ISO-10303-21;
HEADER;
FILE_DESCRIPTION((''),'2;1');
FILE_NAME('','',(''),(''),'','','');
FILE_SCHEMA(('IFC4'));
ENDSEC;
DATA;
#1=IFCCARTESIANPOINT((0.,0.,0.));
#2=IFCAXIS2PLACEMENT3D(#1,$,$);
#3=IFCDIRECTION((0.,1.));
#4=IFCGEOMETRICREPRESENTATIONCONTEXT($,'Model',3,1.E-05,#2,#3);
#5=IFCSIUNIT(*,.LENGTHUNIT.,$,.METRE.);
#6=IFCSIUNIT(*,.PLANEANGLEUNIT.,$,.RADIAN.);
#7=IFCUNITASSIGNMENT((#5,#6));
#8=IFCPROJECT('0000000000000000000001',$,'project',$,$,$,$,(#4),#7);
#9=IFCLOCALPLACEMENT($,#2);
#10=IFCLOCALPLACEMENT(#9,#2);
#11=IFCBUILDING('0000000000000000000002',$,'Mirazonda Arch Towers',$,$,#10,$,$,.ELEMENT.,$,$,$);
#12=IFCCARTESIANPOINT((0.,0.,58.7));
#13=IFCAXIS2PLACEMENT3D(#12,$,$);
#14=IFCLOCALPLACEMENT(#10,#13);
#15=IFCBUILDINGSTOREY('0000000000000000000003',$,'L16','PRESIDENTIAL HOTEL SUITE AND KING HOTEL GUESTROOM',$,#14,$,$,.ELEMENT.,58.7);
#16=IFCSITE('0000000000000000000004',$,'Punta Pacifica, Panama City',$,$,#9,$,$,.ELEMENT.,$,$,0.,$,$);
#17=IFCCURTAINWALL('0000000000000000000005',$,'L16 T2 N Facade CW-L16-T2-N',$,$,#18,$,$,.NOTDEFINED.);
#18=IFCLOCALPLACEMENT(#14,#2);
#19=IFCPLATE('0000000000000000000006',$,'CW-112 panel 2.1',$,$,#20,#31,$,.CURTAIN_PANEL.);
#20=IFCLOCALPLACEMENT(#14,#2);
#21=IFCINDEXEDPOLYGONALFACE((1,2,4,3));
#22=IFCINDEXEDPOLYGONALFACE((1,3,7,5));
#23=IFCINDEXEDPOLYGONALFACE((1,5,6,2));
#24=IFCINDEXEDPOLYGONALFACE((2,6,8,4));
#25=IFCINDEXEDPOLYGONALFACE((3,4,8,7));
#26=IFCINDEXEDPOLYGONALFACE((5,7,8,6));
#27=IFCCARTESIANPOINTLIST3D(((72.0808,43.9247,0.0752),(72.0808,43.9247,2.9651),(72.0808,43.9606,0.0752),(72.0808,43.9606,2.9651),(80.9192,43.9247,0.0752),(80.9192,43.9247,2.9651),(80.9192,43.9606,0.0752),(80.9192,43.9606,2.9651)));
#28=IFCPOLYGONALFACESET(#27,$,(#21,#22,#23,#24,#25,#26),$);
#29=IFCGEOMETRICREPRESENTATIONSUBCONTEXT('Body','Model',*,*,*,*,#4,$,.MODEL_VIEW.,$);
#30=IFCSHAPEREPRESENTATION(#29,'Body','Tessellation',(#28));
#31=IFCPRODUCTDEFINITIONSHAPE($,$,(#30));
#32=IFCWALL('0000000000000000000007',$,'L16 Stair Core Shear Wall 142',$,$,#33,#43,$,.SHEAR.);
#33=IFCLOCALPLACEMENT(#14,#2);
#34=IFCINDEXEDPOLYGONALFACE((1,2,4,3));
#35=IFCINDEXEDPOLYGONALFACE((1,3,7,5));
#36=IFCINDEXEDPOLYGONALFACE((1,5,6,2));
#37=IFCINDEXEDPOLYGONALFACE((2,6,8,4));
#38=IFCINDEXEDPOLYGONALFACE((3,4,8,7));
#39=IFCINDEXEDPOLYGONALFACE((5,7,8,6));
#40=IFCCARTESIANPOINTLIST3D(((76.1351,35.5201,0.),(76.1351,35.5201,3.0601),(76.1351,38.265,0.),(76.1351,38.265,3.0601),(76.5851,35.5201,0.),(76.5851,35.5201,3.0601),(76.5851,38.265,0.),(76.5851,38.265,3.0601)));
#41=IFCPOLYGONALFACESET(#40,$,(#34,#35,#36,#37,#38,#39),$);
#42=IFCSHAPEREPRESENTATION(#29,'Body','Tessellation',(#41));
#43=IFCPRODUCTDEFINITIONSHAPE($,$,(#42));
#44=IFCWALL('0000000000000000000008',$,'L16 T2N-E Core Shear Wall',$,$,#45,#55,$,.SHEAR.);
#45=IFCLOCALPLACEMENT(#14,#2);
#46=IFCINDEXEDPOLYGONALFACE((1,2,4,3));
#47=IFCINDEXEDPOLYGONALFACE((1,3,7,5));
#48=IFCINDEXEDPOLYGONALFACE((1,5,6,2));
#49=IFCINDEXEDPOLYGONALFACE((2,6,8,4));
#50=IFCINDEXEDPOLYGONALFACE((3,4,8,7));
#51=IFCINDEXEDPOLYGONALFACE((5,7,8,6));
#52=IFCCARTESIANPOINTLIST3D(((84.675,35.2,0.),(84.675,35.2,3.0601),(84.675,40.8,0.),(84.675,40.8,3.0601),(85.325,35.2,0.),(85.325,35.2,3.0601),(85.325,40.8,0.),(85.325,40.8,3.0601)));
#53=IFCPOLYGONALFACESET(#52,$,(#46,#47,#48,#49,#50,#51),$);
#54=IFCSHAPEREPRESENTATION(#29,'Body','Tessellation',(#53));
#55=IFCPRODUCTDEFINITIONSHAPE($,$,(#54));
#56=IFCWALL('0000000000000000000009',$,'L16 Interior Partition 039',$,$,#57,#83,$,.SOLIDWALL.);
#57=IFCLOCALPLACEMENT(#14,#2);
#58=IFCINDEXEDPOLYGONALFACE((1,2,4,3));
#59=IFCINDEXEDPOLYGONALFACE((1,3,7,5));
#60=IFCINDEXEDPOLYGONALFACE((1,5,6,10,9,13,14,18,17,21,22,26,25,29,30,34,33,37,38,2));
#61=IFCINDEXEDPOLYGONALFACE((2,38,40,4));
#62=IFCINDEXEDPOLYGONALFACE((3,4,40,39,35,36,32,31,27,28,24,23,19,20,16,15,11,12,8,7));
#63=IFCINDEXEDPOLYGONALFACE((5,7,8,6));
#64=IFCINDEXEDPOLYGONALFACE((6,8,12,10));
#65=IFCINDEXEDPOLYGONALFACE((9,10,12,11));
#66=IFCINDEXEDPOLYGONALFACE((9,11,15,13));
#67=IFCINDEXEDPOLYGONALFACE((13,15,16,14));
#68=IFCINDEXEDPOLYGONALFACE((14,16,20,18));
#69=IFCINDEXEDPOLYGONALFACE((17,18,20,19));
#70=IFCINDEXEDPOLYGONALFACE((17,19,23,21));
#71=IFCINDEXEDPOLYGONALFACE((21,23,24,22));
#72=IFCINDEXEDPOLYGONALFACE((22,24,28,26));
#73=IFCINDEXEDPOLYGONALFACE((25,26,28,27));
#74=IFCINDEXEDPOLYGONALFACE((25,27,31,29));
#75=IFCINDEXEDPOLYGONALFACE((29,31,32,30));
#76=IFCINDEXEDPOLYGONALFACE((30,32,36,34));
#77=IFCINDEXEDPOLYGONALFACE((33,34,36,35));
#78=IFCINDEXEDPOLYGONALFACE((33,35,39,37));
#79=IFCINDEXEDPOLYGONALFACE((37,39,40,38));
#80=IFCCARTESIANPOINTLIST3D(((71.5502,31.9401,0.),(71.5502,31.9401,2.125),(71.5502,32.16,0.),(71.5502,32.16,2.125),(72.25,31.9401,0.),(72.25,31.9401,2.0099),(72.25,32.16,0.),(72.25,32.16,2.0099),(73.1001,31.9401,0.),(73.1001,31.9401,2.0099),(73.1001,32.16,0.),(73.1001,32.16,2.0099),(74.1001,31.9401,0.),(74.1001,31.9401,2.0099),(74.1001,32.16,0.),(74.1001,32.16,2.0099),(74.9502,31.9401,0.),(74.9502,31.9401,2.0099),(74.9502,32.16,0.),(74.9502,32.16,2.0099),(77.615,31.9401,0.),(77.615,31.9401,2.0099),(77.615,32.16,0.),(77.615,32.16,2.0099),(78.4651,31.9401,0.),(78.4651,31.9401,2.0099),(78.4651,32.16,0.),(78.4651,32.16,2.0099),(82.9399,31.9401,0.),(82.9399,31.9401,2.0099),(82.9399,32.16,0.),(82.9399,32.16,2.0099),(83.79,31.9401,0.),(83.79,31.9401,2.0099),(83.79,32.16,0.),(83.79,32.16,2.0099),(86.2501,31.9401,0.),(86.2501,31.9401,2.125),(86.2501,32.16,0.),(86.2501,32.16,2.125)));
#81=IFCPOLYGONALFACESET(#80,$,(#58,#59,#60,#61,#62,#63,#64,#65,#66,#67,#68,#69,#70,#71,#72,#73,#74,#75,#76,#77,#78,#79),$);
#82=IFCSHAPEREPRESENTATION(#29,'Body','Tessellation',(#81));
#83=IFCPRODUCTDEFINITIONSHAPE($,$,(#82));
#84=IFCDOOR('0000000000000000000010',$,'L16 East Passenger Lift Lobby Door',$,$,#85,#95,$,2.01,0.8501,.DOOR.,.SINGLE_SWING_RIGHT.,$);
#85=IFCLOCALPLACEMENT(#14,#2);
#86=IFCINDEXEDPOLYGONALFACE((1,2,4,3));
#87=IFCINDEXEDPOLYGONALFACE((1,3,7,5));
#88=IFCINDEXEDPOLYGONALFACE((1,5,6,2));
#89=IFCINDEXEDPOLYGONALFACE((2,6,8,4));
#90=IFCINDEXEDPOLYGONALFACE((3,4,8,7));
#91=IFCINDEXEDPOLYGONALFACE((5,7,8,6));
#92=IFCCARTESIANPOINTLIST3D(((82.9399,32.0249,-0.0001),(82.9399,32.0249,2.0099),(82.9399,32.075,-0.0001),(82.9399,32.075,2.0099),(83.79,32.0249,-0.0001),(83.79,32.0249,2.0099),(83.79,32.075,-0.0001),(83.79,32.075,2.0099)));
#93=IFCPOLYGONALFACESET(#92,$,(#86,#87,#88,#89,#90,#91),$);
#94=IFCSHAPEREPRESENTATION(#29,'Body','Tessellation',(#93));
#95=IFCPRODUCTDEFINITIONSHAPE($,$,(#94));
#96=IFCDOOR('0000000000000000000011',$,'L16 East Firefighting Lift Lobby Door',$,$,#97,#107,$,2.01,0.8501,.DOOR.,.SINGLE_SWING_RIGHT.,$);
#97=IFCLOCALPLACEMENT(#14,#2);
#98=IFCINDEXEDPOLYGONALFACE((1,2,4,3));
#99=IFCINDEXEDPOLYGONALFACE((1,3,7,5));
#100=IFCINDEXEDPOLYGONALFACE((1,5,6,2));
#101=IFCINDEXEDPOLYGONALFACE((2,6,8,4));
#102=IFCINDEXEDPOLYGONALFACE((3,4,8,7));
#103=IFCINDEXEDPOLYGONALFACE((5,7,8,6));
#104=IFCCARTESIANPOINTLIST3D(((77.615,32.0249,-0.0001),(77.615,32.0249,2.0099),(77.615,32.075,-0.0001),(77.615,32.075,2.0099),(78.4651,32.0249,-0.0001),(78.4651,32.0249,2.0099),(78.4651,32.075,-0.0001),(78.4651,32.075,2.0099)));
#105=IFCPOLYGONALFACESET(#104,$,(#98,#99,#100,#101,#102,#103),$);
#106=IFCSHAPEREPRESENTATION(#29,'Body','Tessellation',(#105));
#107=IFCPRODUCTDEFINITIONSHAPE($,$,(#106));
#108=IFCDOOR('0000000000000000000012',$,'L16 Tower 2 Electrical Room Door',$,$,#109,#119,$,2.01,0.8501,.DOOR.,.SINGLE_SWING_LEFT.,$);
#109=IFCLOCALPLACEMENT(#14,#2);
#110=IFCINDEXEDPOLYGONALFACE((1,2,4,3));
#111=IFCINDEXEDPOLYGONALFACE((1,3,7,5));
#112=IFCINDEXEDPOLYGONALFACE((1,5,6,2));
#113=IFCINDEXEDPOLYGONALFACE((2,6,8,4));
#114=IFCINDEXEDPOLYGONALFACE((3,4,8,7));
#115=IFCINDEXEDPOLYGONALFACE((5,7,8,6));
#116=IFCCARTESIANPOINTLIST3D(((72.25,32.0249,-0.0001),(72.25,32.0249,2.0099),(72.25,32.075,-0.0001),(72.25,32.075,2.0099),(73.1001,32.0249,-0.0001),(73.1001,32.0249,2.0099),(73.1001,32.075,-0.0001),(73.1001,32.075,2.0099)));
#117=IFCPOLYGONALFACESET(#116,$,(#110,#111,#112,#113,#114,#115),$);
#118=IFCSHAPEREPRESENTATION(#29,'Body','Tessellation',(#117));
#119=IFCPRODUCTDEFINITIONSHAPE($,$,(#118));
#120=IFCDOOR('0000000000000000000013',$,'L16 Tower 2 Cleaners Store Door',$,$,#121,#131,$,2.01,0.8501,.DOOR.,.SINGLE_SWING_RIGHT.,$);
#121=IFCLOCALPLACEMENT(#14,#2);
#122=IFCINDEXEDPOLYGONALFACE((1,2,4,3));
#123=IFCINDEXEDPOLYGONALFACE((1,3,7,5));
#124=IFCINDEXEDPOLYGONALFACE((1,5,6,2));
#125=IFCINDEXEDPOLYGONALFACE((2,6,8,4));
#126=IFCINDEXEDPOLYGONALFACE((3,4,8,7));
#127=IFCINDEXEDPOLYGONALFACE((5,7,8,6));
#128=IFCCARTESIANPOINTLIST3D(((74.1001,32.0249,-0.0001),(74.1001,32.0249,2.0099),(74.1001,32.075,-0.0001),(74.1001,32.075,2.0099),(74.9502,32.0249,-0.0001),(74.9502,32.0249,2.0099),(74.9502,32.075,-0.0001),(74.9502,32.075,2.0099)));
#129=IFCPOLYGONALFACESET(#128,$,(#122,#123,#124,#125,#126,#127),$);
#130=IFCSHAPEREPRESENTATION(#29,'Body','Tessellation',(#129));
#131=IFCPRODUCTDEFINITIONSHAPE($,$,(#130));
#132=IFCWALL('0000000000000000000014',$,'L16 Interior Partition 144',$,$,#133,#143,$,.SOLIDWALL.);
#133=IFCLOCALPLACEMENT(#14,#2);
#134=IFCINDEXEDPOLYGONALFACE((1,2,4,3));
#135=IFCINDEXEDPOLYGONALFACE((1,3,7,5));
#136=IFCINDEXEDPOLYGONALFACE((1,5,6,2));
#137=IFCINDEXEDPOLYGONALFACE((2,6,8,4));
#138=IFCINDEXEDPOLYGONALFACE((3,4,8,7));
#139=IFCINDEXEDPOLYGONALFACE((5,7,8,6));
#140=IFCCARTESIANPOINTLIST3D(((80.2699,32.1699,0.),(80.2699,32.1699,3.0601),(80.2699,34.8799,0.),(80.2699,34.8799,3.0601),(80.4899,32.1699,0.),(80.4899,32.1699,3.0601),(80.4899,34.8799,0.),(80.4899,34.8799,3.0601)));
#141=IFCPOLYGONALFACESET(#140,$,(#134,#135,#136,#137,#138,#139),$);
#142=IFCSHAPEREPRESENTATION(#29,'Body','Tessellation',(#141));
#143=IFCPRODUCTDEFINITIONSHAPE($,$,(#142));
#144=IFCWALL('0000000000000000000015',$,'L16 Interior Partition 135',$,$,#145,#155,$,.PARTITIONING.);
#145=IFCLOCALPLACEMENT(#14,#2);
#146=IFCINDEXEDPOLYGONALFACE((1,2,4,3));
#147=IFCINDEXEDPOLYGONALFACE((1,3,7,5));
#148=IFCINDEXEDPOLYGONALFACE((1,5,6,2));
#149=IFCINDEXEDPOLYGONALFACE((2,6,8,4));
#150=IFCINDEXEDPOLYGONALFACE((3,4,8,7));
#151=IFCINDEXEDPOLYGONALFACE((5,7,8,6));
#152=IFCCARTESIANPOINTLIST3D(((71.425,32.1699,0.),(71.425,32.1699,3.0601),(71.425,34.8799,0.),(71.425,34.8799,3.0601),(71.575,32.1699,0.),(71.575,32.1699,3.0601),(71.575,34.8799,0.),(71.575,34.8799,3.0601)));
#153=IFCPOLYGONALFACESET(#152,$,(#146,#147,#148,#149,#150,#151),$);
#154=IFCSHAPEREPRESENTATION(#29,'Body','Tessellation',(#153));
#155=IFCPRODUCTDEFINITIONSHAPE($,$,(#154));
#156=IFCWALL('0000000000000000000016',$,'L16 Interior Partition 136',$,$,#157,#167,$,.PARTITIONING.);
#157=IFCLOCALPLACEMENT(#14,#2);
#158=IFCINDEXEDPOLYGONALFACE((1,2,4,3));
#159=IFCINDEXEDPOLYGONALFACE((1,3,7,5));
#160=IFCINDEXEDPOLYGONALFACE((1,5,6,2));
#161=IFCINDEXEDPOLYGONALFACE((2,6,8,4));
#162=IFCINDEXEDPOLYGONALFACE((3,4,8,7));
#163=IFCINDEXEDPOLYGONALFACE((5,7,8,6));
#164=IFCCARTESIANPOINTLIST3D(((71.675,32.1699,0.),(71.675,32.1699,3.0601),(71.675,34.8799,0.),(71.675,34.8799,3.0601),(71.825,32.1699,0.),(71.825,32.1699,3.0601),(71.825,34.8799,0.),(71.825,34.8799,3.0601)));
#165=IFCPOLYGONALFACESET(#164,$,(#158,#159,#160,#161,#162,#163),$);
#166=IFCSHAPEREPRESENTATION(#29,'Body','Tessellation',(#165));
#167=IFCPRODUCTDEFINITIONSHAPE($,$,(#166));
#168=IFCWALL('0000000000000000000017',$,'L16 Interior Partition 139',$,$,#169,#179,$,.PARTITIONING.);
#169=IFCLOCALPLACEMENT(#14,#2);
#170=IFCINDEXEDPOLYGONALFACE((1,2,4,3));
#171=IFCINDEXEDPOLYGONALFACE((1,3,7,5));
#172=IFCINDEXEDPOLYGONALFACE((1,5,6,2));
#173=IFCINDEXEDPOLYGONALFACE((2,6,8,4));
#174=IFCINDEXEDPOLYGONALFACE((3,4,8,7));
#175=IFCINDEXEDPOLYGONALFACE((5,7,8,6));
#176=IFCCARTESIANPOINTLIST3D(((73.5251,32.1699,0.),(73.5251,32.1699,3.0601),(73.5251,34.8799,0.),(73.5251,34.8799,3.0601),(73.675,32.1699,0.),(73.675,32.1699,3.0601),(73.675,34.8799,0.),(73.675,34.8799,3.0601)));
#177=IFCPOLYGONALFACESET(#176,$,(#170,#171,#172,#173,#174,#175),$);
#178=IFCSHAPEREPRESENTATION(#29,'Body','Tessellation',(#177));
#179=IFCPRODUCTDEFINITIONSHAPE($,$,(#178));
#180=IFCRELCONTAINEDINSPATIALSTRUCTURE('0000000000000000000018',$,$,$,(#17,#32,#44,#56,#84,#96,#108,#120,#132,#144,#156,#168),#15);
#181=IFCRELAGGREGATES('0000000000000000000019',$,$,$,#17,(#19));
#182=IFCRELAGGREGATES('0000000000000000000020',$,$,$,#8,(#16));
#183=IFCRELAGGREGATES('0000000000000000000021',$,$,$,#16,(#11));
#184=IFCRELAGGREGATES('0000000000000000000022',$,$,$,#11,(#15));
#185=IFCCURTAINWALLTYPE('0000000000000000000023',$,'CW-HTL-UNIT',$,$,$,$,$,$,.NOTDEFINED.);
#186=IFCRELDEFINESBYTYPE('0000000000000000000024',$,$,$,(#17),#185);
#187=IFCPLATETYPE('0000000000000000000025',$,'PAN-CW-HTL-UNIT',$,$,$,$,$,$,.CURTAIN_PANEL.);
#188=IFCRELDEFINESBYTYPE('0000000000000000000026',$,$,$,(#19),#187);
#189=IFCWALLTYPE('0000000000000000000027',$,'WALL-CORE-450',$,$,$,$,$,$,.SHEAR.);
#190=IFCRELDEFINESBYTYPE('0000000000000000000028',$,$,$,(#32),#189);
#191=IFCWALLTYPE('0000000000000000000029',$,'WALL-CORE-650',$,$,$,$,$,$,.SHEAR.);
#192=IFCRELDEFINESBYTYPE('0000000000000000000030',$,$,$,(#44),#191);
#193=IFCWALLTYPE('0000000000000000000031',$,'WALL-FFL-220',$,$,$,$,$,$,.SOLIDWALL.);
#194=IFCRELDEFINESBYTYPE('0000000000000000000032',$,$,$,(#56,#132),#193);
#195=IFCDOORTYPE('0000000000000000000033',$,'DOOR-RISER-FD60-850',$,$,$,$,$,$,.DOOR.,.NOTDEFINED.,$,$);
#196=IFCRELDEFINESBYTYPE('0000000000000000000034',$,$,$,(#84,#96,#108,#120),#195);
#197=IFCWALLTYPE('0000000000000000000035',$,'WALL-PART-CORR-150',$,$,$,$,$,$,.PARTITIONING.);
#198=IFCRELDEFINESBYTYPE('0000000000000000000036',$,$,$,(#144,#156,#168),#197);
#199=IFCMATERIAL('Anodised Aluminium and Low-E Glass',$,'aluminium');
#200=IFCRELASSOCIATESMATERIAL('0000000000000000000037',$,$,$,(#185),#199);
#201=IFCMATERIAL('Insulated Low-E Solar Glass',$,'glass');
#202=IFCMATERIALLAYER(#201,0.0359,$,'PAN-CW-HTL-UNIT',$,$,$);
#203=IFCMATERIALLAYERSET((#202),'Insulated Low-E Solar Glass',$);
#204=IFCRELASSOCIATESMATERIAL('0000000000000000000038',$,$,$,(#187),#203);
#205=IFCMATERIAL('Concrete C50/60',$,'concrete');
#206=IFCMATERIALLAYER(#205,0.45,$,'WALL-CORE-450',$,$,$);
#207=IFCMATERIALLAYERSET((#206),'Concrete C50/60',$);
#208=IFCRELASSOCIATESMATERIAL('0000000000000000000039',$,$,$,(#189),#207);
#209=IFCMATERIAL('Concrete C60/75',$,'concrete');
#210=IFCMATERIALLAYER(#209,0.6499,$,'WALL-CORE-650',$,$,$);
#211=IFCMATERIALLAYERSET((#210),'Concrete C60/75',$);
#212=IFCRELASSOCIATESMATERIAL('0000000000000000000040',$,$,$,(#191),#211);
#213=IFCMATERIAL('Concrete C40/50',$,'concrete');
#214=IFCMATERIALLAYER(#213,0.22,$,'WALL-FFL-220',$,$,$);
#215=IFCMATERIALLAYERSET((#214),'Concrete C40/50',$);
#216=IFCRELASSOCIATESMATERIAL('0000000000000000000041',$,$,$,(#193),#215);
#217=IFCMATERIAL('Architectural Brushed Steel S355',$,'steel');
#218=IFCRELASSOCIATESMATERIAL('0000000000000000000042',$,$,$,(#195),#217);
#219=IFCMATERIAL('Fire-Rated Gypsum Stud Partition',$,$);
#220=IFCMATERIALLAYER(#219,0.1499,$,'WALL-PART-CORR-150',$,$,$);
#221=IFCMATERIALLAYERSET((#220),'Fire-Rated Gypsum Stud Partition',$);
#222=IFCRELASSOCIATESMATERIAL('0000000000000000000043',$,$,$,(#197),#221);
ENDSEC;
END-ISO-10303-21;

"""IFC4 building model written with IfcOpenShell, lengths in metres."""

from ifc_helpers import new_model, si_unit, direction, frame, frame_2d, origin, origin_2d, place, context, subcontext, project, spatial, rectangle, extrude, material, layer, layer_set, type_object, element, fill, aggregate, save


model = new_model("IFC4")

# Units and contexts
model_context = context("Model", 3, precision=1e-05, world=origin(), true_north=direction((0.0, 1.0)))
body_context = subcontext(model_context, "Body", "Model", "MODEL_VIEW")
ifc_project = project(units=[si_unit("LENGTHUNIT", "METRE"), si_unit("PLANEANGLEUNIT", "RADIAN")], contexts=[model_context])

# Site, building, storey
site_placement = place(None, origin())
site = spatial("IfcSite", under=ifc_project, at=site_placement, Name="Punta Pacifica, Panama City", CompositionType="ELEMENT", RefElevation=0.0)
building_placement = place(site_placement, origin())
building = spatial("IfcBuilding", under=site, at=building_placement, Name="Mirazonda Arch Towers", CompositionType="ELEMENT")
storey_placement = place(building_placement, frame((0.0, 0.0, 58.7)))
storey = spatial("IfcBuildingStorey", under=building, at=storey_placement, Name="L16", Description="PRESIDENTIAL HOTEL SUITE AND KING HOTEL GUESTROOM", CompositionType="ELEMENT", Elevation=58.7)

# Shared definitions
ifc_material_1 = material(Name="Concrete C60/75", Category="concrete")

# Curtain wall, plate
ifc_material_2 = material(Name="Anodised Aluminium and Low-E Glass", Category="aluminium")
curtain_wall_type = type_object("IfcCurtainWallType", Name="CW-HTL-UNIT", PredefinedType="NOTDEFINED", material=ifc_material_2)
curtain_wall_placement = place(storey_placement, origin())
curtain_wall = element("IfcCurtainWall", 1, at=curtain_wall_placement, inside=storey, type_object=curtain_wall_type, Name="L16 T2 N Facade CW-L16-T2-N", PredefinedType="NOTDEFINED")
ifc_material_3 = material(Name="Insulated Low-E Solar Glass", Category="glass")
ifc_layer_1 = layer(ifc_material_3, 0.0359, Name="PAN-CW-HTL-UNIT")
ifc_layer_set_1 = layer_set([ifc_layer_1], Name="Insulated Low-E Solar Glass")
plate_type = type_object("IfcPlateType", Name="PAN-CW-HTL-UNIT", PredefinedType="CURTAIN_PANEL", material=ifc_layer_set_1)
plate_placement = place(storey_placement, frame((76.5, 43.9426, 0.0752), z_axis=(0.0, 0.0, 1.0), x_axis=(1.0, 0.0, 0.0)))
plate = element("IfcPlate", 2, at=plate_placement, type_object=plate_type, Name="CW-112 panel 2.1", PredefinedType="CURTAIN_PANEL", context=body_context, shape_type="SweptSolid", body=[
    extrude(rectangle(XDim=8.8384, YDim=0.0359, at=origin_2d()), origin(), (0.0, 0.0, 1.0), 2.8899),
])
aggregate(curtain_wall, [plate])

# Walls
ifc_material_4 = material(Name="Concrete C50/60", Category="concrete")
ifc_layer_2 = layer(ifc_material_4, 0.45, Name="WALL-CORE-450")
ifc_layer_set_2 = layer_set([ifc_layer_2], Name="Concrete C50/60")
wall_type_1 = type_object("IfcWallType", Name="WALL-CORE-450", PredefinedType="SHEAR", material=ifc_layer_set_2)
wall_1_placement = place(storey_placement, frame((76.3601, 35.52, 0.0), z_axis=(0.0, 0.0, 1.0), x_axis=(0.0, 1.0, 0.0)))
element("IfcWall", 3, at=wall_1_placement, inside=storey, type_object=wall_type_1, Name="L16 Stair Core Shear Wall 142", PredefinedType="SHEAR", context=body_context, shape_type="SweptSolid", body=[
    extrude(rectangle(XDim=2.7449, YDim=0.45, at=frame_2d((1.3726, 0.0))), origin(), (0.0, 0.0, 1.0), 3.0601),
])
ifc_layer_3 = layer(ifc_material_1, 0.6499, Name="WALL-CORE-650")
ifc_layer_set_3 = layer_set([ifc_layer_3], Name="Concrete C60/75")
wall_type_2 = type_object("IfcWallType", Name="WALL-CORE-650", PredefinedType="SHEAR", material=ifc_layer_set_3)
wall_2_placement = place(storey_placement, frame((85.0, 35.2, 0.0), z_axis=(0.0, 0.0, 1.0), x_axis=(0.0, 1.0, 0.0)))
element("IfcWall", 4, at=wall_2_placement, inside=storey, type_object=wall_type_2, Name="L16 T2N-E Core Shear Wall", PredefinedType="SHEAR", context=body_context, shape_type="SweptSolid", body=[
    extrude(rectangle(XDim=5.6001, YDim=0.6499, at=frame_2d((2.8, 0.0))), origin(), (0.0, 0.0, 1.0), 3.0601),
])

# Wall, openings, doors
ifc_material_5 = material(Name="Concrete C40/50", Category="concrete")
ifc_layer_4 = layer(ifc_material_5, 0.22, Name="WALL-FFL-220")
ifc_layer_set_4 = layer_set([ifc_layer_4], Name="Concrete C40/50")
wall_type_3 = type_object("IfcWallType", Name="WALL-FFL-220", PredefinedType="SOLIDWALL", material=ifc_layer_set_4)
wall_3_placement = place(storey_placement, frame((71.55, 32.05, 0.0), z_axis=(0.0, 0.0, 1.0), x_axis=(1.0, 0.0, 0.0)))
wall_3 = element("IfcWall", 5, at=wall_3_placement, inside=storey, type_object=wall_type_3, Name="L16 Interior Partition 039", PredefinedType="SOLIDWALL", context=body_context, shape_type="SweptSolid", body=[
    extrude(rectangle(XDim=14.7, YDim=0.22, at=frame_2d((7.3501, 0.0))), origin(), (0.0, 0.0, 1.0), 2.125),
])
opening_1_placement = place(wall_3_placement, frame((11.3899, 0.0, 0.0)))
opening_1 = element("IfcOpeningElement", 6, at=opening_1_placement, cuts=wall_3, PredefinedType="OPENING", context=body_context, shape_type="SweptSolid", body=[
    extrude(rectangle(XDim=0.8501, YDim=2.01, at=frame_2d((0.425, 1.0049))), frame((0.0, 0.1199, 0.0), z_axis=(0.0, -1.0, 0.0), x_axis=(1.0, 0.0, 0.0)), (0.0, 0.0, 1.0), 0.24),
])
opening_2_placement = place(wall_3_placement, frame((6.0649, 0.0, 0.0)))
opening_2 = element("IfcOpeningElement", 7, at=opening_2_placement, cuts=wall_3, PredefinedType="OPENING", context=body_context, shape_type="SweptSolid", body=[
    extrude(rectangle(XDim=0.8501, YDim=2.01, at=frame_2d((0.425, 1.0049))), frame((0.0, 0.1199, 0.0), z_axis=(0.0, -1.0, 0.0), x_axis=(1.0, 0.0, 0.0)), (0.0, 0.0, 1.0), 0.24),
])
opening_3_placement = place(wall_3_placement, frame((0.7, 0.0, 0.0)))
opening_3 = element("IfcOpeningElement", 8, at=opening_3_placement, cuts=wall_3, PredefinedType="OPENING", context=body_context, shape_type="SweptSolid", body=[
    extrude(rectangle(XDim=0.8501, YDim=2.01, at=frame_2d((0.425, 1.0049))), frame((0.0, 0.1199, 0.0), z_axis=(0.0, -1.0, 0.0), x_axis=(1.0, 0.0, 0.0)), (0.0, 0.0, 1.0), 0.24),
])
opening_4_placement = place(wall_3_placement, frame((2.55, 0.0, 0.0)))
opening_4 = element("IfcOpeningElement", 9, at=opening_4_placement, cuts=wall_3, PredefinedType="OPENING", context=body_context, shape_type="SweptSolid", body=[
    extrude(rectangle(XDim=0.8501, YDim=2.01, at=frame_2d((0.425, 1.0049))), frame((0.0, 0.1199, 0.0), z_axis=(0.0, -1.0, 0.0), x_axis=(1.0, 0.0, 0.0)), (0.0, 0.0, 1.0), 0.24),
])
ifc_material_6 = material(Name="Architectural Brushed Steel S355", Category="steel")
door_type = type_object("IfcDoorType", Name="DOOR-RISER-FD60-850", OperationType="NOTDEFINED", PredefinedType="DOOR", material=ifc_material_6)
door_1_placement = place(opening_1_placement, origin())
door_1 = element("IfcDoor", 10, at=door_1_placement, inside=storey, type_object=door_type, Name="L16 East Passenger Lift Lobby Door", OperationType="SINGLE_SWING_RIGHT", OverallHeight=2.01, OverallWidth=0.8501, PredefinedType="DOOR", context=body_context, shape_type="SweptSolid", body=[
    extrude(rectangle(XDim=0.8501, YDim=2.01, at=frame_2d((0.425, 1.0049))), frame((0.0, 0.0249, 0.0), z_axis=(0.0, -1.0, 0.0), x_axis=(1.0, 0.0, 0.0)), (0.0, 0.0, 1.0), 0.05),
])
fill(opening_1, door_1)
door_2_placement = place(opening_2_placement, origin())
door_2 = element("IfcDoor", 11, at=door_2_placement, inside=storey, type_object=door_type, Name="L16 East Firefighting Lift Lobby Door", OperationType="SINGLE_SWING_RIGHT", OverallHeight=2.01, OverallWidth=0.8501, PredefinedType="DOOR", context=body_context, shape_type="SweptSolid", body=[
    extrude(rectangle(XDim=0.8501, YDim=2.01, at=frame_2d((0.425, 1.0049))), frame((0.0, 0.0249, 0.0), z_axis=(0.0, -1.0, 0.0), x_axis=(1.0, 0.0, 0.0)), (0.0, 0.0, 1.0), 0.05),
])
fill(opening_2, door_2)
door_3_placement = place(opening_3_placement, origin())
door_3 = element("IfcDoor", 12, at=door_3_placement, inside=storey, type_object=door_type, Name="L16 Tower 2 Electrical Room Door", OperationType="SINGLE_SWING_LEFT", OverallHeight=2.01, OverallWidth=0.8501, PredefinedType="DOOR", context=body_context, shape_type="SweptSolid", body=[
    extrude(rectangle(XDim=0.8501, YDim=2.01, at=frame_2d((0.425, 1.0049))), frame((0.0, 0.0249, 0.0), z_axis=(0.0, -1.0, 0.0), x_axis=(1.0, 0.0, 0.0)), (0.0, 0.0, 1.0), 0.05),
])
fill(opening_3, door_3)
door_4_placement = place(opening_4_placement, origin())
door_4 = element("IfcDoor", 13, at=door_4_placement, inside=storey, type_object=door_type, Name="L16 Tower 2 Cleaners Store Door", OperationType="SINGLE_SWING_RIGHT", OverallHeight=2.01, OverallWidth=0.8501, PredefinedType="DOOR", context=body_context, shape_type="SweptSolid", body=[
    extrude(rectangle(XDim=0.8501, YDim=2.01, at=frame_2d((0.425, 1.0049))), frame((0.0, 0.0249, 0.0), z_axis=(0.0, -1.0, 0.0), x_axis=(1.0, 0.0, 0.0)), (0.0, 0.0, 1.0), 0.05),
])
fill(opening_4, door_4)

# Walls
wall_4_placement = place(storey_placement, frame((80.3799, 32.1699, 0.0), z_axis=(0.0, 0.0, 1.0), x_axis=(0.0, 1.0, 0.0)))
element("IfcWall", 14, at=wall_4_placement, inside=storey, type_object=wall_type_3, Name="L16 Interior Partition 144", PredefinedType="SOLIDWALL", context=body_context, shape_type="SweptSolid", body=[
    extrude(rectangle(XDim=2.71, YDim=0.22, at=frame_2d((1.355, 0.0))), origin(), (0.0, 0.0, 1.0), 3.0601),
])
ifc_material_7 = material(Name="Fire-Rated Gypsum Stud Partition")
ifc_layer_5 = layer(ifc_material_7, 0.1499, Name="WALL-PART-CORR-150")
ifc_layer_set_5 = layer_set([ifc_layer_5], Name="Fire-Rated Gypsum Stud Partition")
wall_type_4 = type_object("IfcWallType", Name="WALL-PART-CORR-150", PredefinedType="PARTITIONING", material=ifc_layer_set_5)
for number, where, z_axis, x_axis, name in (
    (15, (71.5, 32.1699, 0.0), (0.0, 0.0, 1.0), (0.0, 1.0, 0.0), "L16 Interior Partition 135"),
    (16, (71.75, 32.1699, 0.0), (0.0, 0.0, 1.0), (0.0, 1.0, 0.0), "L16 Interior Partition 136"),
    (17, (73.6001, 32.1699, 0.0), (0.0, 0.0, 1.0), (0.0, 1.0, 0.0), "L16 Interior Partition 139"),
):
    element("IfcWall", number, at=place(storey_placement, frame(where, z_axis=z_axis, x_axis=x_axis)), inside=storey, type_object=wall_type_4, Name=name, PredefinedType="PARTITIONING", context=body_context, shape_type="SweptSolid", body=[
        extrude(rectangle(XDim=2.71, YDim=0.1499, at=frame_2d((1.355, 0.0))), origin(), (0.0, 0.0, 1.0), 3.0601),
    ])

save(model, "model.ifc")
